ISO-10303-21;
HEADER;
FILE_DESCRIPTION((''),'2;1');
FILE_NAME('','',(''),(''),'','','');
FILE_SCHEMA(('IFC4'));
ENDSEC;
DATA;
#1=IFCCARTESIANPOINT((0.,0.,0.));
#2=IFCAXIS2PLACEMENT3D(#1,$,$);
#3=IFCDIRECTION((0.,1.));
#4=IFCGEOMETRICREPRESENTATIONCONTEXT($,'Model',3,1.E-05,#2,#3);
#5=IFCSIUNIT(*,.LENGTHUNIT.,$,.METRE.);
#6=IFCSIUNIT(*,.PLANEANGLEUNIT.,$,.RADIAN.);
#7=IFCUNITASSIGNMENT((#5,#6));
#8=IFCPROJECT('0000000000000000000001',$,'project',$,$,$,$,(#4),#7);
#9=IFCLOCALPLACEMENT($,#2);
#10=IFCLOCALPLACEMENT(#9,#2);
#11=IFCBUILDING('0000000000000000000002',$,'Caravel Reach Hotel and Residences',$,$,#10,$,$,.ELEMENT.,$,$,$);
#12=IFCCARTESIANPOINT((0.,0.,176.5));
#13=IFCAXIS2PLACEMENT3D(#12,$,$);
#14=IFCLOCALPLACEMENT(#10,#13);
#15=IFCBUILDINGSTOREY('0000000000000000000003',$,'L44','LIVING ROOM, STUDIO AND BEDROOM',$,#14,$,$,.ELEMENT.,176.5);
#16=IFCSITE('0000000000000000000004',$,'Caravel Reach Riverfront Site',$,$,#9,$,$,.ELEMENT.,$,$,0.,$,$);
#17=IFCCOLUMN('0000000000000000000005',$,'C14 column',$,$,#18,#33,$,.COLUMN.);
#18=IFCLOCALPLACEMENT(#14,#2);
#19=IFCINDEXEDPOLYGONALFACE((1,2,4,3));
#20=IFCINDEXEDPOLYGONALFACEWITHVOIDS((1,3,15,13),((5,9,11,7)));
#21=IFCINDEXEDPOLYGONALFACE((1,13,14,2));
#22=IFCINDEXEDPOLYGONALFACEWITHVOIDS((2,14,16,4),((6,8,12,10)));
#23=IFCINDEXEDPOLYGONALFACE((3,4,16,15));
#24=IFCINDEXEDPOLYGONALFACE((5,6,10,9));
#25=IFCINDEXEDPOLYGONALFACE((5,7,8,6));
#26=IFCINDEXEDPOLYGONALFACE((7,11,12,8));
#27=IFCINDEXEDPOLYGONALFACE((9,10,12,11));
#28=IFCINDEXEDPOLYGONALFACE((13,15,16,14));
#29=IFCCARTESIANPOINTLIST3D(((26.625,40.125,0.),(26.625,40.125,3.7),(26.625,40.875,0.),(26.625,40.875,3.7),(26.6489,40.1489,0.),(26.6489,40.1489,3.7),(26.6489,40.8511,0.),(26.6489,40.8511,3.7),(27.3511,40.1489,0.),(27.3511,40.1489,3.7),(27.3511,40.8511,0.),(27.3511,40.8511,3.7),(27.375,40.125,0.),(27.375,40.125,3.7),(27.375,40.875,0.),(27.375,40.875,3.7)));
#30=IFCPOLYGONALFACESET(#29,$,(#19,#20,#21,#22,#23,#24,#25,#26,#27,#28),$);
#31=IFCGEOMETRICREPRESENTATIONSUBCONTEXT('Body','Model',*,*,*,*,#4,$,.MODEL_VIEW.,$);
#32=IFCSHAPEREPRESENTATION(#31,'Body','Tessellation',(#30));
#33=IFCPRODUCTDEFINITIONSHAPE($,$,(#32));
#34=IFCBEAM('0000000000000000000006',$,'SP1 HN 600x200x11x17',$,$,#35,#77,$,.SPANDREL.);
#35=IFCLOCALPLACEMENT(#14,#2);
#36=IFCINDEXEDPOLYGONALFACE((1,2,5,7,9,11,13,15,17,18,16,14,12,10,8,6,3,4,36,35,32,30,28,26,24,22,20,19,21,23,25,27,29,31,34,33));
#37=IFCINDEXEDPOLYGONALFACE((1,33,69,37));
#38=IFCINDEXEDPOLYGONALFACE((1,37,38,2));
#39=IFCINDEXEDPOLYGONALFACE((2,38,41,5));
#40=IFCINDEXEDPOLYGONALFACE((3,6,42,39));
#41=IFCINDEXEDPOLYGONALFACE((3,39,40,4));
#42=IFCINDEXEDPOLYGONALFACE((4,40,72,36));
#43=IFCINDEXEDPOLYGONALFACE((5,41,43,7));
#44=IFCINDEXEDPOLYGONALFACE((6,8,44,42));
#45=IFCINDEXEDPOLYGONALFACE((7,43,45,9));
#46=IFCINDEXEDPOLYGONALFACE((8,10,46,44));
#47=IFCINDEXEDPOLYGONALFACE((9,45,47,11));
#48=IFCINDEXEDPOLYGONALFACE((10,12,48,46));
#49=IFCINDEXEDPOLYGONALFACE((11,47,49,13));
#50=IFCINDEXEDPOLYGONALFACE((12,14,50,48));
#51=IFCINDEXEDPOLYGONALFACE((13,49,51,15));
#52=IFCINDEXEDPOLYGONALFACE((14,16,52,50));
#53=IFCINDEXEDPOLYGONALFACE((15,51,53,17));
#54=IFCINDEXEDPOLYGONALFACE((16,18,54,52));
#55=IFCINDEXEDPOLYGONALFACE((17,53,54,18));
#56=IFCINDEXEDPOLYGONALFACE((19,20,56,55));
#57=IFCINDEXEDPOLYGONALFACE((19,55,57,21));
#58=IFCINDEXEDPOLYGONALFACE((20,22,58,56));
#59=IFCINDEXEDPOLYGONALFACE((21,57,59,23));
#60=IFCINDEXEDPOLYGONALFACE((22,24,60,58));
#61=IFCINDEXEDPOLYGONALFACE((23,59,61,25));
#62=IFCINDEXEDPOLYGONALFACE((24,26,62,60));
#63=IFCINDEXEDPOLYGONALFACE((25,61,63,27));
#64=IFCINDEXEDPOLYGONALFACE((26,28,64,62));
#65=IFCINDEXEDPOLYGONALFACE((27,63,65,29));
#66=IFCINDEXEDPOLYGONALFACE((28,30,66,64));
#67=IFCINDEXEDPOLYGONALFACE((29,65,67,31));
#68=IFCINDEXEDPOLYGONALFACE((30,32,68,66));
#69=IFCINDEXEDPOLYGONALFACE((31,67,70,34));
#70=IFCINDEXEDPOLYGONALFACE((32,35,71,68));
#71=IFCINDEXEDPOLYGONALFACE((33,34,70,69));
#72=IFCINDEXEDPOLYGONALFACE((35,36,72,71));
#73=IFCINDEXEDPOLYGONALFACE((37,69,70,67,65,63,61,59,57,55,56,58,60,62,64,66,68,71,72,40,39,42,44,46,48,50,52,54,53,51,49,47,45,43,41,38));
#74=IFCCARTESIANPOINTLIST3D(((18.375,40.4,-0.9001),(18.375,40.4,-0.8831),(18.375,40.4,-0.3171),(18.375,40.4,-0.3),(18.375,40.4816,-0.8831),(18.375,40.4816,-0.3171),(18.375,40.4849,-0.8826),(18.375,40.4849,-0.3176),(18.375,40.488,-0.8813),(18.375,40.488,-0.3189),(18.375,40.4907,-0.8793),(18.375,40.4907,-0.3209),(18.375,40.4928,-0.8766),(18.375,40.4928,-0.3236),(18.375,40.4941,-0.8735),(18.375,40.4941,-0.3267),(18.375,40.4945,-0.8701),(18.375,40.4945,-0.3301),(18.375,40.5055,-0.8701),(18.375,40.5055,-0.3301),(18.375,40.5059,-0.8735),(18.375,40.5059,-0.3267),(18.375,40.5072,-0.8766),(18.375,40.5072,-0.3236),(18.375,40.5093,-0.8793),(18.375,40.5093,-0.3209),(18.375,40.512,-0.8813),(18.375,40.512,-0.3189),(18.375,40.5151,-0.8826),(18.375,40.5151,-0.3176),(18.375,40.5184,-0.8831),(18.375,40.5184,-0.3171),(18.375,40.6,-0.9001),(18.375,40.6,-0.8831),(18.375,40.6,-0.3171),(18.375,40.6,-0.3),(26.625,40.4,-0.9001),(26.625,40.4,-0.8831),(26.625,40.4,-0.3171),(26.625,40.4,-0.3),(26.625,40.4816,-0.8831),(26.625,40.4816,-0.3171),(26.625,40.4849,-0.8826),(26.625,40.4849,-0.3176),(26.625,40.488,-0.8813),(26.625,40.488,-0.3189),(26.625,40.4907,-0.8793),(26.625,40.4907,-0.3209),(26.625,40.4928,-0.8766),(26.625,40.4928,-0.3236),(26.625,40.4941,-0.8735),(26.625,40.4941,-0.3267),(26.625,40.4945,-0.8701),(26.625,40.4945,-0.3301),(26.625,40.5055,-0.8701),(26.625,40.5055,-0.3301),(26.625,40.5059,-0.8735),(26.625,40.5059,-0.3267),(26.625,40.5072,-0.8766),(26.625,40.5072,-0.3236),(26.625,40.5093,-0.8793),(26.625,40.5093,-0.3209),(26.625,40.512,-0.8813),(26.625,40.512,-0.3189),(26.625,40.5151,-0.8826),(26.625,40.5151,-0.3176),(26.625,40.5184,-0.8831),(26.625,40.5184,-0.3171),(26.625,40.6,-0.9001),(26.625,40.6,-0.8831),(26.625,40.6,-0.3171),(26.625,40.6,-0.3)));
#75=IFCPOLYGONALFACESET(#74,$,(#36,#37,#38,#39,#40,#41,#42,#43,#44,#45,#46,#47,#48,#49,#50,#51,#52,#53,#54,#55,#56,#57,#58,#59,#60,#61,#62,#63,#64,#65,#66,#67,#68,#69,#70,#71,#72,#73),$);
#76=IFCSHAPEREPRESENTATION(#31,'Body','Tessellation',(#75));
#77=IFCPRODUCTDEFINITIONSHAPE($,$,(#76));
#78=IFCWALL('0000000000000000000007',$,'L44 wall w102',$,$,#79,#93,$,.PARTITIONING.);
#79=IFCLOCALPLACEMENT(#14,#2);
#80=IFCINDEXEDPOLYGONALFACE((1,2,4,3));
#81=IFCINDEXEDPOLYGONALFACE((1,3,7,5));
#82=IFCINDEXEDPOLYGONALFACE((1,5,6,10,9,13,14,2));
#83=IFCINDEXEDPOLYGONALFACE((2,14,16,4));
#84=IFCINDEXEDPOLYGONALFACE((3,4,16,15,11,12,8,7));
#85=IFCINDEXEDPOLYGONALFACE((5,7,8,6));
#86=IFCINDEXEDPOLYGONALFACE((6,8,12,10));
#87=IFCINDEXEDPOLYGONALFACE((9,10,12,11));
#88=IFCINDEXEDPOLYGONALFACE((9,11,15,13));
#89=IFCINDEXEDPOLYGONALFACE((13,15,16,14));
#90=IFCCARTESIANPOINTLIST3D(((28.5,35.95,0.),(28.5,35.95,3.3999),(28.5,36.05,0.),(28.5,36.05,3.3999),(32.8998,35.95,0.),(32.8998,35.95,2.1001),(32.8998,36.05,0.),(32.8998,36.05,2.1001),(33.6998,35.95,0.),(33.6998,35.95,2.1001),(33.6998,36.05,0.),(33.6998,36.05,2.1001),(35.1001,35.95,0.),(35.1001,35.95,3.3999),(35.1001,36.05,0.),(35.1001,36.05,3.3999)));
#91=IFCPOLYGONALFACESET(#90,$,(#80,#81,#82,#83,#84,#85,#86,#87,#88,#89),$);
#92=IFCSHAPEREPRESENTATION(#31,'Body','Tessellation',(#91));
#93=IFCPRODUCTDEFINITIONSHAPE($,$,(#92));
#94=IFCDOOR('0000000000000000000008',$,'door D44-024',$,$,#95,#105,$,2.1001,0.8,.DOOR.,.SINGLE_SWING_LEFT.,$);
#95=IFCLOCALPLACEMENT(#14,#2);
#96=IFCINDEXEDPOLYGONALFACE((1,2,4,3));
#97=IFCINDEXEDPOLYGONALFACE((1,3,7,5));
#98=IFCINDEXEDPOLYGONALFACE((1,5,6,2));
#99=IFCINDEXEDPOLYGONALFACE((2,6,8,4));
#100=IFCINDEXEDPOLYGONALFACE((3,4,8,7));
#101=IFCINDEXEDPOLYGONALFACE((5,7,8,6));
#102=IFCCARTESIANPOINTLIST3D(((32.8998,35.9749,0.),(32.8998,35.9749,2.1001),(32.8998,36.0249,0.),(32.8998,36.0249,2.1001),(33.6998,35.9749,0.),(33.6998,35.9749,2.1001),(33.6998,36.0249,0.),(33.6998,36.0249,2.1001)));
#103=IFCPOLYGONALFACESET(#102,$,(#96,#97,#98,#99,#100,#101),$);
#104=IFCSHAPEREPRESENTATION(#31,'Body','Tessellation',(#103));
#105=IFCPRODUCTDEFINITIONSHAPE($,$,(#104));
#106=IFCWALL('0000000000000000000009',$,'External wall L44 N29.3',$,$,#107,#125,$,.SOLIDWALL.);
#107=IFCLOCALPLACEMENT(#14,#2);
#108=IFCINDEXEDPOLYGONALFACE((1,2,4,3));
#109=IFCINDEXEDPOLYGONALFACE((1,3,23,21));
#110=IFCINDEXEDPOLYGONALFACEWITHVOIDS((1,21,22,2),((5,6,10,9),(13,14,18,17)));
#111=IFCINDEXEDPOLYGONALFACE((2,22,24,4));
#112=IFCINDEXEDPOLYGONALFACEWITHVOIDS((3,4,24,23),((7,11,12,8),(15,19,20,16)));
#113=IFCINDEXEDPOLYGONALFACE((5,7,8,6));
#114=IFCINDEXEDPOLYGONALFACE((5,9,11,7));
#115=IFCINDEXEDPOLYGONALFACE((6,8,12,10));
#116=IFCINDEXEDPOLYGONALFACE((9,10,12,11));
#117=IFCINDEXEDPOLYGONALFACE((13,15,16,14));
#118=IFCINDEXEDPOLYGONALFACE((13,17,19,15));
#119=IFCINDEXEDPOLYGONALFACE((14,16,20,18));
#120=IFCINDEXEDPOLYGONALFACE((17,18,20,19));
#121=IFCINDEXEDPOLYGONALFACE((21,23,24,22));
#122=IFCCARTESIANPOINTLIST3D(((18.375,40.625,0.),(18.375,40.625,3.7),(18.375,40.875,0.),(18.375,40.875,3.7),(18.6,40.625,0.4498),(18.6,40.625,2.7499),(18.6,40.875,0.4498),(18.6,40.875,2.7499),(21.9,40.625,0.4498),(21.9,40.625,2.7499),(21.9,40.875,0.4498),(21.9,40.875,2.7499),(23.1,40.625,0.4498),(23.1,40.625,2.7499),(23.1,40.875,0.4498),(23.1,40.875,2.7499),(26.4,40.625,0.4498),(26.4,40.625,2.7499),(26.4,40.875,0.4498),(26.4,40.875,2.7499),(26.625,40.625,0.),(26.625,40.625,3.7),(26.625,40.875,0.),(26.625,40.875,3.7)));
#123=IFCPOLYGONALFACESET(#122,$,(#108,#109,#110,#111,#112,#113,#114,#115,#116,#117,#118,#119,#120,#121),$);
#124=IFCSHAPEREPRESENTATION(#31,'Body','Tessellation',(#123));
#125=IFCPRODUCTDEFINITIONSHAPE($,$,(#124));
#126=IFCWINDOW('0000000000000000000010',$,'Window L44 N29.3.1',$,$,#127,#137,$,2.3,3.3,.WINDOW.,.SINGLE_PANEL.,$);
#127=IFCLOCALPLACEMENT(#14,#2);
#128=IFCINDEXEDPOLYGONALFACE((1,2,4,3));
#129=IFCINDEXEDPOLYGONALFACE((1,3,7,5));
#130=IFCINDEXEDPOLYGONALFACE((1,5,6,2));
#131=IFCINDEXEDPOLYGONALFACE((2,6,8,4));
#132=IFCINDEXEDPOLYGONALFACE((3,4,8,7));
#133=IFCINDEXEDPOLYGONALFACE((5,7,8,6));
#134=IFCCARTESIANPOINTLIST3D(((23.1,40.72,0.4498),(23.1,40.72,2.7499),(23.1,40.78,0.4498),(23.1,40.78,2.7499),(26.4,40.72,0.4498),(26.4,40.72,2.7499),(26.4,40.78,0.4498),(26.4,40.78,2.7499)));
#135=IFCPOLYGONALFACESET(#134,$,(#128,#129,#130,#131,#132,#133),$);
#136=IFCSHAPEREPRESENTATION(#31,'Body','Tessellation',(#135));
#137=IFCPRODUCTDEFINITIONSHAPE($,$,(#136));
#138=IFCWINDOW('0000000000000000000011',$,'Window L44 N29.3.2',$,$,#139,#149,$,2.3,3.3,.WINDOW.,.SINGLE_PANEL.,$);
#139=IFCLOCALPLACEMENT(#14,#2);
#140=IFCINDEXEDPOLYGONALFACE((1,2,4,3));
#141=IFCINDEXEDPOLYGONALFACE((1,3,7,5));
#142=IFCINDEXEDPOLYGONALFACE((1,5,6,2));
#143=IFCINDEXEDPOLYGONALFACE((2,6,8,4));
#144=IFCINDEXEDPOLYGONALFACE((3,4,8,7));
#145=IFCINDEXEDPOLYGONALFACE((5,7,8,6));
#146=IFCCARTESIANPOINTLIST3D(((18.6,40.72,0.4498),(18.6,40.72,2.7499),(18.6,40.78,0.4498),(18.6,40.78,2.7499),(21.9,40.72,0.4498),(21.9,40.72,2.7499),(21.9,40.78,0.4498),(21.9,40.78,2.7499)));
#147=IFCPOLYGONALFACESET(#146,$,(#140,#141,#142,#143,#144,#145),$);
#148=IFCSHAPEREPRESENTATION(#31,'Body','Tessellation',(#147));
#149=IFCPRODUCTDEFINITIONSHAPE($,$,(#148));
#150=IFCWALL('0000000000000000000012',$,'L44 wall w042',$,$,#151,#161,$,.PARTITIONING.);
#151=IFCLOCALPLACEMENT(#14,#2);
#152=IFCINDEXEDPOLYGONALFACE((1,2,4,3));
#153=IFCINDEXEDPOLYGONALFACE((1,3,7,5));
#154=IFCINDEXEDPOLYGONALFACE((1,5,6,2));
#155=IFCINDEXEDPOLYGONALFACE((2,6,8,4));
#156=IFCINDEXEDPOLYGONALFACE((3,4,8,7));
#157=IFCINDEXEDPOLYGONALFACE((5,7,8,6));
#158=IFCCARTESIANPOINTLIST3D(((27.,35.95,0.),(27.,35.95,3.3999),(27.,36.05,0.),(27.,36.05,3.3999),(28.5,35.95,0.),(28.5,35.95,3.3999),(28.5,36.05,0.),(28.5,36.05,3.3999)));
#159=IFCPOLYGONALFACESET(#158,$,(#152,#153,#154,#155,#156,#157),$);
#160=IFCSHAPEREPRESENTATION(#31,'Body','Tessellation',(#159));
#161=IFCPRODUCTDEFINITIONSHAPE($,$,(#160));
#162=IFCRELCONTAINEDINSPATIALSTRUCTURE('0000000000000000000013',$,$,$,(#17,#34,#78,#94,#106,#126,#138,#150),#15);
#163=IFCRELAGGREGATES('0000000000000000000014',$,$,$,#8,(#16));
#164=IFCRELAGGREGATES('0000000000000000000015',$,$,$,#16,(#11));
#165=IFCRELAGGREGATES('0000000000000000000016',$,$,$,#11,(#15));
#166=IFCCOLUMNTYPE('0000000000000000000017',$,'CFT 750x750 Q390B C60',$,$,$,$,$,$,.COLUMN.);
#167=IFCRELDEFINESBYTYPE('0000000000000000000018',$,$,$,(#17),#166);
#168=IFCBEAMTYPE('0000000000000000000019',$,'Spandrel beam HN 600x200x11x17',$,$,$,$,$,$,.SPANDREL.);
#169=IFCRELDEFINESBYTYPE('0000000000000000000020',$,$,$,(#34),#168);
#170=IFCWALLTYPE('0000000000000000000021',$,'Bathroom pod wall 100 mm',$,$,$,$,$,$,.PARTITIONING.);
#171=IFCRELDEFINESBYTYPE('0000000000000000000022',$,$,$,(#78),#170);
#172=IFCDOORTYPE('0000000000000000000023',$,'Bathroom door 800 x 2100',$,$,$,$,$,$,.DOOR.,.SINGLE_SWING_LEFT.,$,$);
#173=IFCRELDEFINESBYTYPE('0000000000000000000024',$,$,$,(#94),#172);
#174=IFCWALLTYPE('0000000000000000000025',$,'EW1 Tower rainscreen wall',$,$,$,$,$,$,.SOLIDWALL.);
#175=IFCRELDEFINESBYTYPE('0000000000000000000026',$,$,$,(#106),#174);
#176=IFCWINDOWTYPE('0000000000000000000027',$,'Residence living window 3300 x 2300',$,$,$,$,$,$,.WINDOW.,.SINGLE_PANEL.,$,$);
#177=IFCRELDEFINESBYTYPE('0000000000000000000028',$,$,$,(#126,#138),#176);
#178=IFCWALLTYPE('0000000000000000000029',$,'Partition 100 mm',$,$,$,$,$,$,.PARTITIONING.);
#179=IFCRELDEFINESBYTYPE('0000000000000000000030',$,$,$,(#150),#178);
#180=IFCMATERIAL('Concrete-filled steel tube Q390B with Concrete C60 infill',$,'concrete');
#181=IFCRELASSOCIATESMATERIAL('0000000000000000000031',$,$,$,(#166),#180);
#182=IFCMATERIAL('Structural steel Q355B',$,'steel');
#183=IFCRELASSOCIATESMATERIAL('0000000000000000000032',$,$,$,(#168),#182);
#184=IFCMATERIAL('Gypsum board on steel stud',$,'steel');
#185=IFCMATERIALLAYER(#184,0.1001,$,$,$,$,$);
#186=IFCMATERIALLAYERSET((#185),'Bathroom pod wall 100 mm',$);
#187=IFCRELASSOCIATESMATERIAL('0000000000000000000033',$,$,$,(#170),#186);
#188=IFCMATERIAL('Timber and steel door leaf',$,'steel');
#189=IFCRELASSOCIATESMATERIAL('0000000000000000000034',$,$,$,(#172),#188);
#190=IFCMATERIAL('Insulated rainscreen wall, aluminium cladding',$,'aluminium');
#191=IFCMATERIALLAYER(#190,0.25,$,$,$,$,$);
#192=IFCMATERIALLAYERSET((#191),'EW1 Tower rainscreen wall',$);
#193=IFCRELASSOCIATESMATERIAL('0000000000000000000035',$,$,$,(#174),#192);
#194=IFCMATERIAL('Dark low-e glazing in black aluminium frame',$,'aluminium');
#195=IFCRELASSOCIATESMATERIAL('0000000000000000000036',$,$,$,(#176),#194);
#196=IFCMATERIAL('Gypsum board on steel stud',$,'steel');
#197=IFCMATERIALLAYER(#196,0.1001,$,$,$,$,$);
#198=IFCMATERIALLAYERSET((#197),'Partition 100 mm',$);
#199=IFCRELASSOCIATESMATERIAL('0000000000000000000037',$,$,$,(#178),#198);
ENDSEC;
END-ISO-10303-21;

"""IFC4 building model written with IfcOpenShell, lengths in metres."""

from ifc_helpers import new_model, si_unit, direction, frame, frame_2d, origin, origin_2d, place, context, subcontext, project, spatial, rectangle, hollow_rectangle, i_section, extrude, material, layer, layer_set, material_profile, profile_set, type_object, element, fill, save


model = new_model("IFC4")

# Units and contexts
model_context = context("Model", 3, precision=1e-05, world=origin(), true_north=direction((0.0, 1.0)))
body_context = subcontext(model_context, "Body", "Model", "MODEL_VIEW")
ifc_project = project(units=[si_unit("LENGTHUNIT", "METRE"), si_unit("PLANEANGLEUNIT", "RADIAN")], contexts=[model_context])

# Site, building, storey
site_placement = place(None, origin())
site = spatial("IfcSite", under=ifc_project, at=site_placement, Name="Caravel Reach Riverfront Site", CompositionType="ELEMENT", RefElevation=0.0)
building_placement = place(site_placement, origin())
building = spatial("IfcBuilding", under=site, at=building_placement, Name="Caravel Reach Hotel and Residences", CompositionType="ELEMENT")
storey_placement = place(building_placement, frame((0.0, 0.0, 176.5)))
storey = spatial("IfcBuildingStorey", under=building, at=storey_placement, Name="L44", Description="LIVING ROOM, STUDIO AND BEDROOM", CompositionType="ELEMENT", Elevation=176.5)

# Column
ifc_material_1 = material(Name="Concrete-filled steel tube Q390B with Concrete C60 infill", Category="concrete")
ifc_material_profile_1 = material_profile(ifc_material_1, hollow_rectangle(XDim=0.75, YDim=0.75, WallThickness=0.0239, at=origin_2d()), Name="RHS 750x750x24")
ifc_profile_set_1 = profile_set([ifc_material_profile_1], Name="Concrete-filled steel tube Q390B with Concrete C60 infill")
column_type = type_object("IfcColumnType", Name="CFT 750x750 Q390B C60", PredefinedType="COLUMN", material=ifc_profile_set_1)
column_placement = place(storey_placement, frame((27.0, 40.5, 0.0), z_axis=(0.0, 0.0, 1.0), x_axis=(1.0, 0.0, 0.0)))
element("IfcColumn", 1, at=column_placement, inside=storey, type_object=column_type, Name="C14 column", PredefinedType="COLUMN", context=body_context, shape_type="SweptSolid", body=[
    extrude(hollow_rectangle(XDim=0.75, YDim=0.75, WallThickness=0.0239, at=origin_2d()), origin(), (0.0, 0.0, 1.0), 3.7),
])

# Beam
ifc_material_2 = material(Name="Structural steel Q355B", Category="steel")
ifc_material_profile_2 = material_profile(ifc_material_2, i_section(OverallWidth=0.2, OverallDepth=0.6001, WebThickness=0.011, FlangeThickness=0.0171, FilletRadius=0.0129, at=origin_2d()), Name="HN 600x200x11x17")
ifc_profile_set_2 = profile_set([ifc_material_profile_2], Name="Structural steel Q355B")
beam_type = type_object("IfcBeamType", Name="Spandrel beam HN 600x200x11x17", PredefinedType="SPANDREL", material=ifc_profile_set_2)
beam_placement = place(storey_placement, frame((26.625, 40.5, -0.6001), z_axis=(-1.0, 0.0, 0.0), x_axis=(0.0, -1.0, 0.0)))
element("IfcBeam", 2, at=beam_placement, inside=storey, type_object=beam_type, Name="SP1 HN 600x200x11x17", PredefinedType="SPANDREL", context=body_context, shape_type="SweptSolid", body=[
    extrude(i_section(OverallWidth=0.2, OverallDepth=0.6001, WebThickness=0.011, FlangeThickness=0.0171, FilletRadius=0.0129, at=origin_2d()), origin(), (0.0, 0.0, 1.0), 8.25),
])

# Wall, opening, door
ifc_material_3 = material(Name="Gypsum board on steel stud", Category="steel")
ifc_layer_1 = layer(ifc_material_3, 0.1001)
ifc_layer_set_1 = layer_set([ifc_layer_1], Name="Bathroom pod wall 100 mm")
wall_type_1 = type_object("IfcWallType", Name="Bathroom pod wall 100 mm", PredefinedType="PARTITIONING", material=ifc_layer_set_1)
wall_1_placement = place(storey_placement, frame((28.5, 36.0, 0.0), z_axis=(0.0, 0.0, 1.0), x_axis=(1.0, 0.0, 0.0)))
wall_1 = element("IfcWall", 3, at=wall_1_placement, inside=storey, type_object=wall_type_1, Name="L44 wall w102", PredefinedType="PARTITIONING", context=body_context, shape_type="SweptSolid", body=[
    extrude(rectangle(XDim=6.6001, YDim=0.1001, at=frame_2d((3.3, 0.0))), origin(), (0.0, 0.0, 1.0), 3.3999),
])
opening_1_placement = place(wall_1_placement, frame((4.3999, 0.0, 0.0)))
opening_1 = element("IfcOpeningElement", 4, at=opening_1_placement, cuts=wall_1, PredefinedType="OPENING", context=body_context, shape_type="SweptSolid", body=[
    extrude(rectangle(XDim=0.8, YDim=2.1001, at=frame_2d((0.3999, 1.05))), frame((0.0, 0.0601, 0.0), z_axis=(0.0, -1.0, 0.0), x_axis=(1.0, 0.0, 0.0)), (0.0, 0.0, 1.0), 0.1201),
])
ifc_material_4 = material(Name="Timber and steel door leaf", Category="steel")
door_type_1 = type_object("IfcDoorType", Name="Bathroom door 800 x 2100", OperationType="SINGLE_SWING_LEFT", PredefinedType="DOOR", material=ifc_material_4)
door_1_placement = place(opening_1_placement, origin())
door_1 = element("IfcDoor", 5, at=door_1_placement, inside=storey, type_object=door_type_1, Name="door D44-024", OperationType="SINGLE_SWING_LEFT", OverallHeight=2.1001, OverallWidth=0.8, PredefinedType="DOOR", context=body_context, shape_type="SweptSolid", body=[
    extrude(rectangle(XDim=0.8, YDim=2.1001, at=frame_2d((0.3999, 1.05))), frame((0.0, 0.0249, 0.0), z_axis=(0.0, -1.0, 0.0), x_axis=(1.0, 0.0, 0.0)), (0.0, 0.0, 1.0), 0.05),
])
fill(opening_1, door_1)

# Wall, openings, windows
ifc_material_5 = material(Name="Insulated rainscreen wall, aluminium cladding", Category="aluminium")
ifc_layer_2 = layer(ifc_material_5, 0.25)
ifc_layer_set_2 = layer_set([ifc_layer_2], Name="EW1 Tower rainscreen wall")
wall_type_2 = type_object("IfcWallType", Name="EW1 Tower rainscreen wall", PredefinedType="SOLIDWALL", material=ifc_layer_set_2)
wall_2_placement = place(storey_placement, frame((26.625, 40.75, 0.0), z_axis=(0.0, 0.0, 1.0), x_axis=(-1.0, 0.0, 0.0)))
wall_2 = element("IfcWall", 6, at=wall_2_placement, inside=storey, type_object=wall_type_2, Name="External wall L44 N29.3", PredefinedType="SOLIDWALL", context=body_context, shape_type="SweptSolid", body=[
    extrude(rectangle(XDim=8.25, YDim=0.25, at=frame_2d((4.125, 0.0))), origin(), (0.0, 0.0, 1.0), 3.7),
])
opening_2_placement = place(wall_2_placement, frame((0.2251, 0.0, 0.45)))
opening_2 = element("IfcOpeningElement", 7, at=opening_2_placement, cuts=wall_2, PredefinedType="OPENING", context=body_context, shape_type="SweptSolid", body=[
    extrude(rectangle(XDim=3.3, YDim=2.3, at=frame_2d((1.6499, 1.1499))), frame((0.0, 0.135, 0.0), z_axis=(0.0, -1.0, 0.0), x_axis=(1.0, 0.0, 0.0)), (0.0, 0.0, 1.0), 0.27),
])
opening_3_placement = place(wall_2_placement, frame((4.7251, 0.0, 0.45)))
opening_3 = element("IfcOpeningElement", 8, at=opening_3_placement, cuts=wall_2, PredefinedType="OPENING", context=body_context, shape_type="SweptSolid", body=[
    extrude(rectangle(XDim=3.3, YDim=2.3, at=frame_2d((1.6499, 1.1499))), frame((0.0, 0.135, 0.0), z_axis=(0.0, -1.0, 0.0), x_axis=(1.0, 0.0, 0.0)), (0.0, 0.0, 1.0), 0.27),
])
ifc_material_6 = material(Name="Dark low-e glazing in black aluminium frame", Category="aluminium")
window_type = type_object("IfcWindowType", Name="Residence living window 3300 x 2300", PartitioningType="SINGLE_PANEL", PredefinedType="WINDOW", material=ifc_material_6)
window_1_placement = place(opening_2_placement, origin())
window_1 = element("IfcWindow", 9, at=window_1_placement, inside=storey, type_object=window_type, Name="Window L44 N29.3.1", OverallHeight=2.3, OverallWidth=3.3, PartitioningType="SINGLE_PANEL", PredefinedType="WINDOW", context=body_context, shape_type="SweptSolid", body=[
    extrude(rectangle(XDim=3.3, YDim=2.3, at=frame_2d((1.6499, 1.1499))), frame((0.0, 0.03, 0.0), z_axis=(0.0, -1.0, 0.0), x_axis=(1.0, 0.0, 0.0)), (0.0, 0.0, 1.0), 0.0601),
])
fill(opening_2, window_1)
window_2_placement = place(opening_3_placement, origin())
window_2 = element("IfcWindow", 10, at=window_2_placement, inside=storey, type_object=window_type, Name="Window L44 N29.3.2", OverallHeight=2.3, OverallWidth=3.3, PartitioningType="SINGLE_PANEL", PredefinedType="WINDOW", context=body_context, shape_type="SweptSolid", body=[
    extrude(rectangle(XDim=3.3, YDim=2.3, at=frame_2d((1.6499, 1.1499))), frame((0.0, 0.03, 0.0), z_axis=(0.0, -1.0, 0.0), x_axis=(1.0, 0.0, 0.0)), (0.0, 0.0, 1.0), 0.0601),
])
fill(opening_3, window_2)

# Wall
ifc_material_7 = material(Name="Gypsum board on steel stud", Category="steel")
ifc_layer_3 = layer(ifc_material_7, 0.1001)
ifc_layer_set_3 = layer_set([ifc_layer_3], Name="Partition 100 mm")
wall_type_3 = type_object("IfcWallType", Name="Partition 100 mm", PredefinedType="PARTITIONING", material=ifc_layer_set_3)
wall_3_placement = place(storey_placement, frame((27.0, 36.0, 0.0), z_axis=(0.0, 0.0, 1.0), x_axis=(1.0, 0.0, 0.0)))
element("IfcWall", 11, at=wall_3_placement, inside=storey, type_object=wall_type_3, Name="L44 wall w042", PredefinedType="PARTITIONING", context=body_context, shape_type="SweptSolid", body=[
    extrude(rectangle(XDim=1.5, YDim=0.1001, at=frame_2d((0.75, 0.0))), origin(), (0.0, 0.0, 1.0), 3.3999),
])

save(model, "model.ifc")
